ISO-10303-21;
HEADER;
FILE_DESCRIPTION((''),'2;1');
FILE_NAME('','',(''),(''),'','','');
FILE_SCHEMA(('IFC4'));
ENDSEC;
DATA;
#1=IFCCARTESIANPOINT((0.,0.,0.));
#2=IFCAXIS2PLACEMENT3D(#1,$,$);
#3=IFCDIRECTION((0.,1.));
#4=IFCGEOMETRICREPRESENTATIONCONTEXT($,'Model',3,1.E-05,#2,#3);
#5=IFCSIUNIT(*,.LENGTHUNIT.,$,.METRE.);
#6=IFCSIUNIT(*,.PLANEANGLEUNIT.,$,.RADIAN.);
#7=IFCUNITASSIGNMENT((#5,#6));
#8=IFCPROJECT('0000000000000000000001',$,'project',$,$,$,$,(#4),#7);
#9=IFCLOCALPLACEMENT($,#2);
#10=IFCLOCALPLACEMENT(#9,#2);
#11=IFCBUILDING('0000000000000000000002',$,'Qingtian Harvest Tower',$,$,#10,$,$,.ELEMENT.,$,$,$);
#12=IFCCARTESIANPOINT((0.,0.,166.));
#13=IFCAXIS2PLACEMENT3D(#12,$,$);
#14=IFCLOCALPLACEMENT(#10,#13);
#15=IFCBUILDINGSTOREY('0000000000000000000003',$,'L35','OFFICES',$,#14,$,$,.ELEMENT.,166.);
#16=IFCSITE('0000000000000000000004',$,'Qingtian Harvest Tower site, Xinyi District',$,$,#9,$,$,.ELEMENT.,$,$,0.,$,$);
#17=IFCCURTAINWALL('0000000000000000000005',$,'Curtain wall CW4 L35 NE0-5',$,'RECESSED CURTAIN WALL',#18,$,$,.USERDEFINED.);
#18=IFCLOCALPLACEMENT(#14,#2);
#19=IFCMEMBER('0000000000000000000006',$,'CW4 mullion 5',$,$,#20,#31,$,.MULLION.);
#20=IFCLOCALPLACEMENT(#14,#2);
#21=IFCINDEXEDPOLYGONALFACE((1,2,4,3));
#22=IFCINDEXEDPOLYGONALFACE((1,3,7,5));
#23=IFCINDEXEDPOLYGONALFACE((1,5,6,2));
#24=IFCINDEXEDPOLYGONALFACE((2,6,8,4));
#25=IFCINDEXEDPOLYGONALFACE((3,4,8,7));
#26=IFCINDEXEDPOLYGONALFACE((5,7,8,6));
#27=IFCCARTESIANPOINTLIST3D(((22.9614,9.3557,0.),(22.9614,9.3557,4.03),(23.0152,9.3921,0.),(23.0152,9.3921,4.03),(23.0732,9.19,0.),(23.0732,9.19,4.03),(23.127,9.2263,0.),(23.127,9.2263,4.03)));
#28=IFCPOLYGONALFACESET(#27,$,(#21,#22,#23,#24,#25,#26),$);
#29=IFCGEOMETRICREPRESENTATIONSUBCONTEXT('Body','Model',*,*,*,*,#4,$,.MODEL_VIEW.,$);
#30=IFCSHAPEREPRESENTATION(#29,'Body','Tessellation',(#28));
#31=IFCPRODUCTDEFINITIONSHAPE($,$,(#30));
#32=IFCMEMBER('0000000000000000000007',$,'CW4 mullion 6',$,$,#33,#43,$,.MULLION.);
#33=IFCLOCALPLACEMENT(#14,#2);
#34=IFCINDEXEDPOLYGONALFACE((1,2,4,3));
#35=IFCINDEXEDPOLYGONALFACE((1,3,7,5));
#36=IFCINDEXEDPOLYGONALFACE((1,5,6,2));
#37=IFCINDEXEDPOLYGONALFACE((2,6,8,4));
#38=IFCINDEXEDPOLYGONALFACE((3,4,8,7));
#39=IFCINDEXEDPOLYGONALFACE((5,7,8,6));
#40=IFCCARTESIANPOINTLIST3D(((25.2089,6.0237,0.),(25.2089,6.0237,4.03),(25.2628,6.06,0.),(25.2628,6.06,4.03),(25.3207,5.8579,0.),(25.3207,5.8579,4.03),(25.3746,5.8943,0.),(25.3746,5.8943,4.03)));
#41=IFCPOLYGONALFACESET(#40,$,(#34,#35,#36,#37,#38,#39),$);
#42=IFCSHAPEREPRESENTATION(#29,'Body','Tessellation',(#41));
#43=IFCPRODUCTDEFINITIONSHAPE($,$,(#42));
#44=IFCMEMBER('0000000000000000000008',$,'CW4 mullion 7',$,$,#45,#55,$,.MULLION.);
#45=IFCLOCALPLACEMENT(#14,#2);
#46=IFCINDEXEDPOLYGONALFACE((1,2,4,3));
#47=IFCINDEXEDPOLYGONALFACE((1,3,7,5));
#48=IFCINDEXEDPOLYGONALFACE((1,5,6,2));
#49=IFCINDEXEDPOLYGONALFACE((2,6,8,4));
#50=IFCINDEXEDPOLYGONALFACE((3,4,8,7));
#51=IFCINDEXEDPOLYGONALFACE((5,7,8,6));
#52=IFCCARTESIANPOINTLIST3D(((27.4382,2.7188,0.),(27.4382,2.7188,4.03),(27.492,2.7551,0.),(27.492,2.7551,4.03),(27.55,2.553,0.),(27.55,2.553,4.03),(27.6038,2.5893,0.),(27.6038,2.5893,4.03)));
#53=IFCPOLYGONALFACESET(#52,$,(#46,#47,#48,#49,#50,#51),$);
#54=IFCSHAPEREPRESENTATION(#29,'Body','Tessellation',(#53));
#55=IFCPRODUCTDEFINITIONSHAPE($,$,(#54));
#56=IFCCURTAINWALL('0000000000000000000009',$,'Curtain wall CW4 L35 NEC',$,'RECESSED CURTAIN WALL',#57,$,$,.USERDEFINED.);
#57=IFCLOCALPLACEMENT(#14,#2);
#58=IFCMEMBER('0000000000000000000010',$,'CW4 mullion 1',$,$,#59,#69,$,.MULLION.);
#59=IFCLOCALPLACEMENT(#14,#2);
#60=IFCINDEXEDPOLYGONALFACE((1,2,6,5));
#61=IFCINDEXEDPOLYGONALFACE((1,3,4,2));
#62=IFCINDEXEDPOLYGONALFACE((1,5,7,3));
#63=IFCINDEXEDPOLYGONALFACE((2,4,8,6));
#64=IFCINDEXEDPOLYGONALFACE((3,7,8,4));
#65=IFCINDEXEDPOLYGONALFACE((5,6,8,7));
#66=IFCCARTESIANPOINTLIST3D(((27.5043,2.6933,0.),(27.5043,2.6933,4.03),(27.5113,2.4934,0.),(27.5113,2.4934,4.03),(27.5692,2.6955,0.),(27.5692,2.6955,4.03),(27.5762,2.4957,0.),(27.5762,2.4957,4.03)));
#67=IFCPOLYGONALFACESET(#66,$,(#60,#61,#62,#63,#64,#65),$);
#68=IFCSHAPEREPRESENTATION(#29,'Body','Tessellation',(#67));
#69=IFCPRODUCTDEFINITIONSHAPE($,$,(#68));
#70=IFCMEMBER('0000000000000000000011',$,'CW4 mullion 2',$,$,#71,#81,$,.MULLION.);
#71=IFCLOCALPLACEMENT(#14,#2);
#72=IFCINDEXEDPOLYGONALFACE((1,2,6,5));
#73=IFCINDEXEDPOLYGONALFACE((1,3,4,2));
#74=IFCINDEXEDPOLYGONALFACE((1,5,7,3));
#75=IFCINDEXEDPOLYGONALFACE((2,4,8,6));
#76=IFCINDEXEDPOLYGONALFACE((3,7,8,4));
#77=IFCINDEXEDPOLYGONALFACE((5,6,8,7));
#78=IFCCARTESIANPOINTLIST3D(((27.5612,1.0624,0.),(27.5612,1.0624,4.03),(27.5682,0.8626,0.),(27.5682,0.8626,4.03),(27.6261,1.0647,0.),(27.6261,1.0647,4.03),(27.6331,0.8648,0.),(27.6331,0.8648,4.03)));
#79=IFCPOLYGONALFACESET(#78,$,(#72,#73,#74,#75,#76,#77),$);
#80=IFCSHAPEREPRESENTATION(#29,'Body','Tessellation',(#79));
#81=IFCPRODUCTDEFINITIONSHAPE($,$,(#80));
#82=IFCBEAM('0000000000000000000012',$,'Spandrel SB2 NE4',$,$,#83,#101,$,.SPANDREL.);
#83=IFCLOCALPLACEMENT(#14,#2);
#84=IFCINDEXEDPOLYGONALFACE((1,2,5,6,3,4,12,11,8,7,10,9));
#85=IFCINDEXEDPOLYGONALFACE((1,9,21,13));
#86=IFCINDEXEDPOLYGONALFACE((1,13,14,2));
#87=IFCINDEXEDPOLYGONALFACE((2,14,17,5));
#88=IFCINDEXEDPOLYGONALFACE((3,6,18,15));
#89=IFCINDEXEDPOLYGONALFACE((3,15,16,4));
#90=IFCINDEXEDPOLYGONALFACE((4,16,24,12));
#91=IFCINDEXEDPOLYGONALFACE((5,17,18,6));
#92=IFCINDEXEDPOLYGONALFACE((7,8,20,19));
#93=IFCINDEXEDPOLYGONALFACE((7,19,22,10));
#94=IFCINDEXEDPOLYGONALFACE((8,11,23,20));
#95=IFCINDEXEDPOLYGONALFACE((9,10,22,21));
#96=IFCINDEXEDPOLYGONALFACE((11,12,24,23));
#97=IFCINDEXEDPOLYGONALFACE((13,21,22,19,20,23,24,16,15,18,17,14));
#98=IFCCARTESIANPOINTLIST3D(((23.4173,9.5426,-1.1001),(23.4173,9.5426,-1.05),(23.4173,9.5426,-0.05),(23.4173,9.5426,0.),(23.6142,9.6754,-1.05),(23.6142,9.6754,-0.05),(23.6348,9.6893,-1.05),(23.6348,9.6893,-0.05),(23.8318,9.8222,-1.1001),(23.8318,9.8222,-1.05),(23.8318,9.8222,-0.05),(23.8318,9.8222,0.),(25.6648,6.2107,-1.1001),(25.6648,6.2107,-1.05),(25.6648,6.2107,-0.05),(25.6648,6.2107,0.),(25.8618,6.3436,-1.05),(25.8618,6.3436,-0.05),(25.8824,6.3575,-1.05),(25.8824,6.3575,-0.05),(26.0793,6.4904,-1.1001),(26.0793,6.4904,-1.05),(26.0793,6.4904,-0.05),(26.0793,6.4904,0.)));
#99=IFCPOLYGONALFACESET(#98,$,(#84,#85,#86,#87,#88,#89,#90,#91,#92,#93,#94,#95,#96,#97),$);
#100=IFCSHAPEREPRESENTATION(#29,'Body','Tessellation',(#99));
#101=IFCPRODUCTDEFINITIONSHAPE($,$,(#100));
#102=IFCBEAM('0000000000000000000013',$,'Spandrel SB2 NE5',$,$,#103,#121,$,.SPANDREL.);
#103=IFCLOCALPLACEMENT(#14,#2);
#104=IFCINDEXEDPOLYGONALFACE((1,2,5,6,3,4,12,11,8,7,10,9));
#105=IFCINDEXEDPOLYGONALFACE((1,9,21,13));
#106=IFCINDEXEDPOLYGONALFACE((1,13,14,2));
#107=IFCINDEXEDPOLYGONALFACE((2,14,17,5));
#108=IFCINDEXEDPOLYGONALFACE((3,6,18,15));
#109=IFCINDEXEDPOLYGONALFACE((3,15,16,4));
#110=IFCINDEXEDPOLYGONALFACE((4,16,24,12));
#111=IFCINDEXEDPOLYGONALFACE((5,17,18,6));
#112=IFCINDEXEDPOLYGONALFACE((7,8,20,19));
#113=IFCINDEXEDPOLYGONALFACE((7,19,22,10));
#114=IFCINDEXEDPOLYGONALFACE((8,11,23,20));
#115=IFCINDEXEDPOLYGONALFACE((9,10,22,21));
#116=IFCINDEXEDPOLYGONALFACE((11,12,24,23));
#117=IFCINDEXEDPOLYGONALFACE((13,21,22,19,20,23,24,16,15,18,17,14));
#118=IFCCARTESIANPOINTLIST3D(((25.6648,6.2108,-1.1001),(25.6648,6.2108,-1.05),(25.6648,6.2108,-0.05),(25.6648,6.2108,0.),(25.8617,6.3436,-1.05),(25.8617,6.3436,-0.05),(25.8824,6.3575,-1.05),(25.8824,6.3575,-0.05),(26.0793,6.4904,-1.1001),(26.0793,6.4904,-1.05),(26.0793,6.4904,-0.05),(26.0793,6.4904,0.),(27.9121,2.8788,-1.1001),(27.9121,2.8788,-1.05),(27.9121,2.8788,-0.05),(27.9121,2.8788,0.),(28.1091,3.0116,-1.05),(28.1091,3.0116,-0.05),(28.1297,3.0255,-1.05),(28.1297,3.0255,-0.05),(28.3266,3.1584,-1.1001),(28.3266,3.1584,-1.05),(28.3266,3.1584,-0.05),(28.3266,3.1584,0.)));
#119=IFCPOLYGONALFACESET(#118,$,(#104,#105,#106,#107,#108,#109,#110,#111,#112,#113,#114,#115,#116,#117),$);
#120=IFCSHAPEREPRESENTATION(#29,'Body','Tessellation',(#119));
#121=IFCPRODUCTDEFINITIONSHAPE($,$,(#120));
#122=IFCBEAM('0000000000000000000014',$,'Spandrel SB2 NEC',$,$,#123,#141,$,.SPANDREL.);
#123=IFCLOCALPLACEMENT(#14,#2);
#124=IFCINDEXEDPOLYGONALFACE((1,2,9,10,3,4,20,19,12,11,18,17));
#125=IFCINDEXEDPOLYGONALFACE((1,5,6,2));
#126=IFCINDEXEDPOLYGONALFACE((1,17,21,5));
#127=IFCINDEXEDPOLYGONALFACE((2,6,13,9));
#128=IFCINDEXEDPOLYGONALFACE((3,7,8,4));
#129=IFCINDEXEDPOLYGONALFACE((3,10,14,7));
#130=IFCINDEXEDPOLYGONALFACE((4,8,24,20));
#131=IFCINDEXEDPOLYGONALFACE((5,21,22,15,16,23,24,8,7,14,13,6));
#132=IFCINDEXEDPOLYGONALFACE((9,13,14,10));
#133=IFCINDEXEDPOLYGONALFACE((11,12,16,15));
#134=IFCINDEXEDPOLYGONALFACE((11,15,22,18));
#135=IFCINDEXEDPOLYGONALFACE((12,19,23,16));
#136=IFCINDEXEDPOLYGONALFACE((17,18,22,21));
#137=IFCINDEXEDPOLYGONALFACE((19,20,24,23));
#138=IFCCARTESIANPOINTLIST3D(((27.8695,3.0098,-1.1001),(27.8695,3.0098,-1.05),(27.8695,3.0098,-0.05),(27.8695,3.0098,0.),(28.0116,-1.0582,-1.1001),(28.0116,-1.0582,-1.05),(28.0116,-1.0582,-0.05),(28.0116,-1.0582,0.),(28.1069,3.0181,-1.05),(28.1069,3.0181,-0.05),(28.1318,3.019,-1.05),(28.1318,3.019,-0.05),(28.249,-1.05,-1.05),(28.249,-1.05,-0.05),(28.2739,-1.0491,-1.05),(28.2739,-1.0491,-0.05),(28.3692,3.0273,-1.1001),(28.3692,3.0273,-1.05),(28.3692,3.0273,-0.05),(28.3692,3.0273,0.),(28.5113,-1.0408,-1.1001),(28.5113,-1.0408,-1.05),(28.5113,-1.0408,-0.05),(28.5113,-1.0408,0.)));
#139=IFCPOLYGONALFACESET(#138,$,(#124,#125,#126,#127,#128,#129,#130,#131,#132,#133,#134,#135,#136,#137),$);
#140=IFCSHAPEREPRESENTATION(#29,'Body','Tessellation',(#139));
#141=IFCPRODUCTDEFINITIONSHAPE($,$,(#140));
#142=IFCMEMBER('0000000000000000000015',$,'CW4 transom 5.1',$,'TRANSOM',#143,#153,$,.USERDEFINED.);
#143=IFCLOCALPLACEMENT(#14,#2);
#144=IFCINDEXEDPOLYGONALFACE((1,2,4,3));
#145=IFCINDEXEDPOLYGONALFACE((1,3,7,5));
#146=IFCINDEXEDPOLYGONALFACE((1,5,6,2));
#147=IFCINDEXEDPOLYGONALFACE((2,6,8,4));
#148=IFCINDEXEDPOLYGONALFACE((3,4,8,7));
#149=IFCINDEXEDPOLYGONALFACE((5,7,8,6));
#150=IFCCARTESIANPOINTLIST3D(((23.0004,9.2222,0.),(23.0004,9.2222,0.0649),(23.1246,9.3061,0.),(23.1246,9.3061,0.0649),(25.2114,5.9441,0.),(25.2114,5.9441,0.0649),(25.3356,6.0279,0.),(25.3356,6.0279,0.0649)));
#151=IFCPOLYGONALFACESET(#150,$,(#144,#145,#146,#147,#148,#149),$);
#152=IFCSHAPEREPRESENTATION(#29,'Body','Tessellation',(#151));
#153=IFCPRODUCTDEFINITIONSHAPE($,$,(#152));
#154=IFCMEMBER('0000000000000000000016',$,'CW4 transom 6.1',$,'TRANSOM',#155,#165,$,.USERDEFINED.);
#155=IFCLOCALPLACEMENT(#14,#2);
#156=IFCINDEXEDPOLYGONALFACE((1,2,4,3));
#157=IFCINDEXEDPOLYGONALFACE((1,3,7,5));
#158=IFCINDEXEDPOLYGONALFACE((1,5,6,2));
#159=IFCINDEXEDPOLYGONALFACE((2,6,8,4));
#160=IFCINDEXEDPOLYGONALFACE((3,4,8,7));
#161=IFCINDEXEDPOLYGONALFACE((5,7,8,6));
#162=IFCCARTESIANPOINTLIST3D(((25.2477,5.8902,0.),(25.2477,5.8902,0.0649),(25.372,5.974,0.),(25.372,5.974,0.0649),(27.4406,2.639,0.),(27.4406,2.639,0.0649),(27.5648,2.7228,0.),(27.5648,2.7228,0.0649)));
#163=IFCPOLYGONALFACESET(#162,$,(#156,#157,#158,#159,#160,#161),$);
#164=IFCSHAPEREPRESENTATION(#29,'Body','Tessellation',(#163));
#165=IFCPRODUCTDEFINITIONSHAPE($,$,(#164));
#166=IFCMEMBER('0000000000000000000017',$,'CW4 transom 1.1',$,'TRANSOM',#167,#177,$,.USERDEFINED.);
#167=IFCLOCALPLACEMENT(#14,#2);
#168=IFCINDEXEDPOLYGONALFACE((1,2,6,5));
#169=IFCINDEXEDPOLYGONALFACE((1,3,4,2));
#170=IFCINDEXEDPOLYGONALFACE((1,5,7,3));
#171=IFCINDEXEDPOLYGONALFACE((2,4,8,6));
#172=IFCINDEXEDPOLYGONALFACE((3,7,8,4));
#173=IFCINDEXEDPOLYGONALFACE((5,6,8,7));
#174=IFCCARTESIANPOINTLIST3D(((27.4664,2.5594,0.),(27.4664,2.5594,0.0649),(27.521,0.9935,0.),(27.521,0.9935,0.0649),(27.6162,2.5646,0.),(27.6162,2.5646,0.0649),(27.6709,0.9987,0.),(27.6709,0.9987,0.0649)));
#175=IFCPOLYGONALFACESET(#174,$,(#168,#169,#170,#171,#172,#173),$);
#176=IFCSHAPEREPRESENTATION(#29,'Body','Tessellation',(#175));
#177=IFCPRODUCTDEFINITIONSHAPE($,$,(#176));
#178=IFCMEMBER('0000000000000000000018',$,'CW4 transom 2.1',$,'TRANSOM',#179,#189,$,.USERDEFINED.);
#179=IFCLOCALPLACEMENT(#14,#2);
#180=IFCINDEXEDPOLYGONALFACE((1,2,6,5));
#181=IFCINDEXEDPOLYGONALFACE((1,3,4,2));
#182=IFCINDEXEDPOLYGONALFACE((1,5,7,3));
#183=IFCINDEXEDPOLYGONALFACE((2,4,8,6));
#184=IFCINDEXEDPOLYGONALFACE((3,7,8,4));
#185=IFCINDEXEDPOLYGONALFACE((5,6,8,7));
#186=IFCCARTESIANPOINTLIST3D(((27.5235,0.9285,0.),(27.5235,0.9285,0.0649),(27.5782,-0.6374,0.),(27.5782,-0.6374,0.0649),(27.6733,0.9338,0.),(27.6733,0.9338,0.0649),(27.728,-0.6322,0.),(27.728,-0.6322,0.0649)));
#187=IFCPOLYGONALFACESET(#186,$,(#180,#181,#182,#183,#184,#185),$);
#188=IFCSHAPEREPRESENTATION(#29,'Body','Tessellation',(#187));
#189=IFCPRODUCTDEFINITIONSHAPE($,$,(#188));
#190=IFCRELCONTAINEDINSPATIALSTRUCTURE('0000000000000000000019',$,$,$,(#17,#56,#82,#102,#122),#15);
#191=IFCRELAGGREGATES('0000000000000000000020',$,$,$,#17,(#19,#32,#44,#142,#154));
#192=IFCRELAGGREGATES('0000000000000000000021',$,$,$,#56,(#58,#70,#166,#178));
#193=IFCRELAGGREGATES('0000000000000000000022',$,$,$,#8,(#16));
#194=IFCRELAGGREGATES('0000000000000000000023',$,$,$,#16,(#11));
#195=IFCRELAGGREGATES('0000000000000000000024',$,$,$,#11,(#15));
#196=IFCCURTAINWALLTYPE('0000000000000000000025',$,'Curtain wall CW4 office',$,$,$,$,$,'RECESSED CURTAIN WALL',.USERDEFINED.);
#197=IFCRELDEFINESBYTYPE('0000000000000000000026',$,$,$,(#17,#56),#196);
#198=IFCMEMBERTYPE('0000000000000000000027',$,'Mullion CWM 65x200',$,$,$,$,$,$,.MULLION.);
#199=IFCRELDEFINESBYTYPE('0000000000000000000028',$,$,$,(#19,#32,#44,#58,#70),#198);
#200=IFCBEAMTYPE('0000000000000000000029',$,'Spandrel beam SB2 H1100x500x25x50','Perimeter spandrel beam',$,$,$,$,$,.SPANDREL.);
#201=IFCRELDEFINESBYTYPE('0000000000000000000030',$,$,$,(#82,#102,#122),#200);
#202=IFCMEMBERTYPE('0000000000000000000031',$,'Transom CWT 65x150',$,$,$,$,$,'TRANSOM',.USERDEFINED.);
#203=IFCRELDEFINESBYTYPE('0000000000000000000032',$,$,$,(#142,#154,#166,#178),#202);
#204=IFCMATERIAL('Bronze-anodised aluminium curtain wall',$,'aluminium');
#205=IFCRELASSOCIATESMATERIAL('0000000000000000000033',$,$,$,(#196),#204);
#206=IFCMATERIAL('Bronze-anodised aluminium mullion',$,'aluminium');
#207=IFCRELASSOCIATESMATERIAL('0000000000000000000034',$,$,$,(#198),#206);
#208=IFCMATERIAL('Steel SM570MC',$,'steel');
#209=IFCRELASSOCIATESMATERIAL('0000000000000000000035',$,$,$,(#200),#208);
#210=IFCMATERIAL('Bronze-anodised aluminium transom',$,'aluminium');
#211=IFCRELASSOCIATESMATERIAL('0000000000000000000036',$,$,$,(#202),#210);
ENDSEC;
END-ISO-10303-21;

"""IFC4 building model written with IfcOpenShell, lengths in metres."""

from ifc_helpers import new_model, si_unit, direction, frame, origin, origin_2d, place, context, subcontext, project, spatial, rectangle, i_section, extrude, material, material_profile, profile_set, type_object, element, aggregate, save


model = new_model("IFC4")

# Units and contexts
model_context = context("Model", 3, precision=1e-05, world=origin(), true_north=direction((0.0, 1.0)))
body_context = subcontext(model_context, "Body", "Model", "MODEL_VIEW")
ifc_project = project(units=[si_unit("LENGTHUNIT", "METRE"), si_unit("PLANEANGLEUNIT", "RADIAN")], contexts=[model_context])

# Site, building, storey
site_placement = place(None, origin())
site = spatial("IfcSite", under=ifc_project, at=site_placement, Name="Qingtian Harvest Tower site, Xinyi District", CompositionType="ELEMENT", RefElevation=0.0)
building_placement = place(site_placement, origin())
building = spatial("IfcBuilding", under=site, at=building_placement, Name="Qingtian Harvest Tower", CompositionType="ELEMENT")
storey_placement = place(building_placement, frame((0.0, 0.0, 166.0)))
storey = spatial("IfcBuildingStorey", under=building, at=storey_placement, Name="L35", Description="OFFICES", CompositionType="ELEMENT", Elevation=166.0)

# Curtain walls, members
ifc_material_1 = material(Name="Bronze-anodised aluminium curtain wall", Category="aluminium")
curtain_wall_type = type_object("IfcCurtainWallType", Name="Curtain wall CW4 office", ElementType="RECESSED CURTAIN WALL", PredefinedType="USERDEFINED", material=ifc_material_1)
curtain_wall_1_placement = place(storey_placement, origin())
curtain_wall_1 = element("IfcCurtainWall", 1, at=curtain_wall_1_placement, inside=storey, type_object=curtain_wall_type, Name="Curtain wall CW4 L35 NE0-5", ObjectType="RECESSED CURTAIN WALL", PredefinedType="USERDEFINED")
ifc_material_2 = material(Name="Bronze-anodised aluminium mullion", Category="aluminium")
ifc_material_profile_1 = material_profile(ifc_material_2, rectangle(XDim=0.0649, YDim=0.2, at=origin_2d()), Name="AL 65x200")
ifc_profile_set_1 = profile_set([ifc_material_profile_1], Name="Bronze-anodised aluminium mullion")
member_type_1 = type_object("IfcMemberType", Name="Mullion CWM 65x200", PredefinedType="MULLION", material=ifc_profile_set_1)
member_1_placement = place(storey_placement, frame((23.0442, 9.291, 0.0), z_axis=(0.0, 0.0, 1.0), x_axis=(0.829038, 0.559193, 0.0)))
member_1 = element("IfcMember", 2, at=member_1_placement, type_object=member_type_1, Name="CW4 mullion 5", PredefinedType="MULLION", context=body_context, shape_type="SweptSolid", body=[
    extrude(rectangle(XDim=0.0649, YDim=0.2, at=origin_2d()), origin(), (0.0, 0.0, 1.0), 4.03),
])
member_2_placement = place(storey_placement, frame((25.2917, 5.959, 0.0), z_axis=(0.0, 0.0, 1.0), x_axis=(0.829038, 0.559193, 0.0)))
member_2 = element("IfcMember", 3, at=member_2_placement, type_object=member_type_1, Name="CW4 mullion 6", PredefinedType="MULLION", context=body_context, shape_type="SweptSolid", body=[
    extrude(rectangle(XDim=0.0649, YDim=0.2, at=origin_2d()), origin(), (0.0, 0.0, 1.0), 4.03),
])
member_3_placement = place(storey_placement, frame((27.521, 2.6541, 0.0), z_axis=(0.0, 0.0, 1.0), x_axis=(0.829038, 0.559193, 0.0)))
member_3 = element("IfcMember", 4, at=member_3_placement, type_object=member_type_1, Name="CW4 mullion 7", PredefinedType="MULLION", context=body_context, shape_type="SweptSolid", body=[
    extrude(rectangle(XDim=0.0649, YDim=0.2, at=origin_2d()), origin(), (0.0, 0.0, 1.0), 4.03),
])
curtain_wall_2_placement = place(storey_placement, origin())
curtain_wall_2 = element("IfcCurtainWall", 5, at=curtain_wall_2_placement, inside=storey, type_object=curtain_wall_type, Name="Curtain wall CW4 L35 NEC", ObjectType="RECESSED CURTAIN WALL", PredefinedType="USERDEFINED")
member_4_placement = place(storey_placement, frame((27.5403, 2.5945, 0.0), z_axis=(0.0, 0.0, 1.0), x_axis=(0.999391, 0.034899, 0.0)))
member_4 = element("IfcMember", 6, at=member_4_placement, type_object=member_type_1, Name="CW4 mullion 1", PredefinedType="MULLION", context=body_context, shape_type="SweptSolid", body=[
    extrude(rectangle(XDim=0.0649, YDim=0.2, at=origin_2d()), origin(), (0.0, 0.0, 1.0), 4.03),
])
member_5_placement = place(storey_placement, frame((27.5972, 0.9636, 0.0), z_axis=(0.0, 0.0, 1.0), x_axis=(0.999391, 0.034899, 0.0)))
member_5 = element("IfcMember", 7, at=member_5_placement, type_object=member_type_1, Name="CW4 mullion 2", PredefinedType="MULLION", context=body_context, shape_type="SweptSolid", body=[
    extrude(rectangle(XDim=0.0649, YDim=0.2, at=origin_2d()), origin(), (0.0, 0.0, 1.0), 4.03),
])

# Beams
ifc_material_3 = material(Name="Steel SM570MC", Category="steel")
ifc_material_profile_2 = material_profile(ifc_material_3, i_section(OverallWidth=0.5, OverallDepth=1.1001, WebThickness=0.0249, FlangeThickness=0.05, at=origin_2d()), Name="H1100x500x25x50")
ifc_profile_set_2 = profile_set([ifc_material_profile_2], Name="Steel SM570MC")
beam_type_1 = type_object("IfcBeamType", Name="Spandrel beam SB2 H1100x500x25x50", Description="Perimeter spandrel beam", PredefinedType="SPANDREL", material=ifc_profile_set_2)
for number, where, z_axis, x_axis, name in (
    (8, (23.6245, 9.6824, -0.55), (0.559234, -0.82901, 0.0), (0.82901, 0.559234, 0.0), "Spandrel SB2 NE4"),
    (9, (25.8721, 6.3506, -0.55), (0.559164, -0.829057, 0.0), (0.829057, 0.559164, 0.0), "Spandrel SB2 NE5"),
):
    element("IfcBeam", number, at=place(storey_placement, frame(where, z_axis=z_axis, x_axis=x_axis)), inside=storey, type_object=beam_type_1, Name=name, PredefinedType="SPANDREL", context=body_context, shape_type="SweptSolid", body=[
        extrude(i_section(OverallWidth=0.5, OverallDepth=1.1001, WebThickness=0.0249, FlangeThickness=0.05, at=origin_2d()), origin(), (0.0, 0.0, 1.0), 4.019),
    ])
beam_1_placement = place(storey_placement, frame((28.1194, 3.0186, -0.55), z_axis=(0.034906, -0.999391, 0.0), x_axis=(0.999391, 0.034906, 0.0)))
element("IfcBeam", 10, at=beam_1_placement, inside=storey, type_object=beam_type_1, Name="Spandrel SB2 NEC", PredefinedType="SPANDREL", context=body_context, shape_type="SweptSolid", body=[
    extrude(i_section(OverallWidth=0.5, OverallDepth=1.1001, WebThickness=0.0249, FlangeThickness=0.05, at=origin_2d()), origin(), (0.0, 0.0, 1.0), 4.0706),
])

# Members
ifc_material_4 = material(Name="Bronze-anodised aluminium transom", Category="aluminium")
ifc_material_profile_3 = material_profile(ifc_material_4, rectangle(XDim=0.1499, YDim=0.0649, at=origin_2d()), Name="AL 65x150")
ifc_profile_set_3 = profile_set([ifc_material_profile_3], Name="Bronze-anodised aluminium transom")
member_type_2 = type_object("IfcMemberType", Name="Transom CWT 65x150", ElementType="TRANSOM", PredefinedType="USERDEFINED", material=ifc_profile_set_3)
member_6_placement = place(storey_placement, frame((23.0625, 9.2642, 0.0325), z_axis=(0.559166, -0.829055, 0.0), x_axis=(0.829055, 0.559166, 0.0)))
member_6 = element("IfcMember", 11, at=member_6_placement, type_object=member_type_2, Name="CW4 transom 5.1", ObjectType="TRANSOM", PredefinedType="USERDEFINED", context=body_context, shape_type="SweptSolid", body=[
    extrude(rectangle(XDim=0.1499, YDim=0.0649, at=origin_2d()), origin(), (0.0, 0.0, 1.0), 3.9541),
])
member_7_placement = place(storey_placement, frame((25.3098, 5.9321, 0.0325), z_axis=(0.559175, -0.82905, 0.0), x_axis=(0.82905, 0.559175, 0.0)))
member_7 = element("IfcMember", 12, at=member_7_placement, type_object=member_type_2, Name="CW4 transom 6.1", ObjectType="TRANSOM", PredefinedType="USERDEFINED", context=body_context, shape_type="SweptSolid", body=[
    extrude(rectangle(XDim=0.1499, YDim=0.0649, at=origin_2d()), origin(), (0.0, 0.0, 1.0), 3.9216),
])
member_8_placement = place(storey_placement, frame((27.5413, 2.562, 0.0325), z_axis=(0.034902, -0.999391, 0.0), x_axis=(0.999391, 0.034902, 0.0)))
member_8 = element("IfcMember", 13, at=member_8_placement, type_object=member_type_2, Name="CW4 transom 1.1", ObjectType="TRANSOM", PredefinedType="USERDEFINED", context=body_context, shape_type="SweptSolid", body=[
    extrude(rectangle(XDim=0.1499, YDim=0.0649, at=origin_2d()), origin(), (0.0, 0.0, 1.0), 1.5669),
])
member_9_placement = place(storey_placement, frame((27.5984, 0.9312, 0.0325), z_axis=(0.034902, -0.999391, 0.0), x_axis=(0.999391, 0.034902, 0.0)))
member_9 = element("IfcMember", 14, at=member_9_placement, type_object=member_type_2, Name="CW4 transom 2.1", ObjectType="TRANSOM", PredefinedType="USERDEFINED", context=body_context, shape_type="SweptSolid", body=[
    extrude(rectangle(XDim=0.1499, YDim=0.0649, at=origin_2d()), origin(), (0.0, 0.0, 1.0), 1.5669),
])

aggregate(curtain_wall_1, [member_1, member_2, member_3, member_6, member_7])
aggregate(curtain_wall_2, [member_4, member_5, member_8, member_9])

save(model, "model.ifc")
